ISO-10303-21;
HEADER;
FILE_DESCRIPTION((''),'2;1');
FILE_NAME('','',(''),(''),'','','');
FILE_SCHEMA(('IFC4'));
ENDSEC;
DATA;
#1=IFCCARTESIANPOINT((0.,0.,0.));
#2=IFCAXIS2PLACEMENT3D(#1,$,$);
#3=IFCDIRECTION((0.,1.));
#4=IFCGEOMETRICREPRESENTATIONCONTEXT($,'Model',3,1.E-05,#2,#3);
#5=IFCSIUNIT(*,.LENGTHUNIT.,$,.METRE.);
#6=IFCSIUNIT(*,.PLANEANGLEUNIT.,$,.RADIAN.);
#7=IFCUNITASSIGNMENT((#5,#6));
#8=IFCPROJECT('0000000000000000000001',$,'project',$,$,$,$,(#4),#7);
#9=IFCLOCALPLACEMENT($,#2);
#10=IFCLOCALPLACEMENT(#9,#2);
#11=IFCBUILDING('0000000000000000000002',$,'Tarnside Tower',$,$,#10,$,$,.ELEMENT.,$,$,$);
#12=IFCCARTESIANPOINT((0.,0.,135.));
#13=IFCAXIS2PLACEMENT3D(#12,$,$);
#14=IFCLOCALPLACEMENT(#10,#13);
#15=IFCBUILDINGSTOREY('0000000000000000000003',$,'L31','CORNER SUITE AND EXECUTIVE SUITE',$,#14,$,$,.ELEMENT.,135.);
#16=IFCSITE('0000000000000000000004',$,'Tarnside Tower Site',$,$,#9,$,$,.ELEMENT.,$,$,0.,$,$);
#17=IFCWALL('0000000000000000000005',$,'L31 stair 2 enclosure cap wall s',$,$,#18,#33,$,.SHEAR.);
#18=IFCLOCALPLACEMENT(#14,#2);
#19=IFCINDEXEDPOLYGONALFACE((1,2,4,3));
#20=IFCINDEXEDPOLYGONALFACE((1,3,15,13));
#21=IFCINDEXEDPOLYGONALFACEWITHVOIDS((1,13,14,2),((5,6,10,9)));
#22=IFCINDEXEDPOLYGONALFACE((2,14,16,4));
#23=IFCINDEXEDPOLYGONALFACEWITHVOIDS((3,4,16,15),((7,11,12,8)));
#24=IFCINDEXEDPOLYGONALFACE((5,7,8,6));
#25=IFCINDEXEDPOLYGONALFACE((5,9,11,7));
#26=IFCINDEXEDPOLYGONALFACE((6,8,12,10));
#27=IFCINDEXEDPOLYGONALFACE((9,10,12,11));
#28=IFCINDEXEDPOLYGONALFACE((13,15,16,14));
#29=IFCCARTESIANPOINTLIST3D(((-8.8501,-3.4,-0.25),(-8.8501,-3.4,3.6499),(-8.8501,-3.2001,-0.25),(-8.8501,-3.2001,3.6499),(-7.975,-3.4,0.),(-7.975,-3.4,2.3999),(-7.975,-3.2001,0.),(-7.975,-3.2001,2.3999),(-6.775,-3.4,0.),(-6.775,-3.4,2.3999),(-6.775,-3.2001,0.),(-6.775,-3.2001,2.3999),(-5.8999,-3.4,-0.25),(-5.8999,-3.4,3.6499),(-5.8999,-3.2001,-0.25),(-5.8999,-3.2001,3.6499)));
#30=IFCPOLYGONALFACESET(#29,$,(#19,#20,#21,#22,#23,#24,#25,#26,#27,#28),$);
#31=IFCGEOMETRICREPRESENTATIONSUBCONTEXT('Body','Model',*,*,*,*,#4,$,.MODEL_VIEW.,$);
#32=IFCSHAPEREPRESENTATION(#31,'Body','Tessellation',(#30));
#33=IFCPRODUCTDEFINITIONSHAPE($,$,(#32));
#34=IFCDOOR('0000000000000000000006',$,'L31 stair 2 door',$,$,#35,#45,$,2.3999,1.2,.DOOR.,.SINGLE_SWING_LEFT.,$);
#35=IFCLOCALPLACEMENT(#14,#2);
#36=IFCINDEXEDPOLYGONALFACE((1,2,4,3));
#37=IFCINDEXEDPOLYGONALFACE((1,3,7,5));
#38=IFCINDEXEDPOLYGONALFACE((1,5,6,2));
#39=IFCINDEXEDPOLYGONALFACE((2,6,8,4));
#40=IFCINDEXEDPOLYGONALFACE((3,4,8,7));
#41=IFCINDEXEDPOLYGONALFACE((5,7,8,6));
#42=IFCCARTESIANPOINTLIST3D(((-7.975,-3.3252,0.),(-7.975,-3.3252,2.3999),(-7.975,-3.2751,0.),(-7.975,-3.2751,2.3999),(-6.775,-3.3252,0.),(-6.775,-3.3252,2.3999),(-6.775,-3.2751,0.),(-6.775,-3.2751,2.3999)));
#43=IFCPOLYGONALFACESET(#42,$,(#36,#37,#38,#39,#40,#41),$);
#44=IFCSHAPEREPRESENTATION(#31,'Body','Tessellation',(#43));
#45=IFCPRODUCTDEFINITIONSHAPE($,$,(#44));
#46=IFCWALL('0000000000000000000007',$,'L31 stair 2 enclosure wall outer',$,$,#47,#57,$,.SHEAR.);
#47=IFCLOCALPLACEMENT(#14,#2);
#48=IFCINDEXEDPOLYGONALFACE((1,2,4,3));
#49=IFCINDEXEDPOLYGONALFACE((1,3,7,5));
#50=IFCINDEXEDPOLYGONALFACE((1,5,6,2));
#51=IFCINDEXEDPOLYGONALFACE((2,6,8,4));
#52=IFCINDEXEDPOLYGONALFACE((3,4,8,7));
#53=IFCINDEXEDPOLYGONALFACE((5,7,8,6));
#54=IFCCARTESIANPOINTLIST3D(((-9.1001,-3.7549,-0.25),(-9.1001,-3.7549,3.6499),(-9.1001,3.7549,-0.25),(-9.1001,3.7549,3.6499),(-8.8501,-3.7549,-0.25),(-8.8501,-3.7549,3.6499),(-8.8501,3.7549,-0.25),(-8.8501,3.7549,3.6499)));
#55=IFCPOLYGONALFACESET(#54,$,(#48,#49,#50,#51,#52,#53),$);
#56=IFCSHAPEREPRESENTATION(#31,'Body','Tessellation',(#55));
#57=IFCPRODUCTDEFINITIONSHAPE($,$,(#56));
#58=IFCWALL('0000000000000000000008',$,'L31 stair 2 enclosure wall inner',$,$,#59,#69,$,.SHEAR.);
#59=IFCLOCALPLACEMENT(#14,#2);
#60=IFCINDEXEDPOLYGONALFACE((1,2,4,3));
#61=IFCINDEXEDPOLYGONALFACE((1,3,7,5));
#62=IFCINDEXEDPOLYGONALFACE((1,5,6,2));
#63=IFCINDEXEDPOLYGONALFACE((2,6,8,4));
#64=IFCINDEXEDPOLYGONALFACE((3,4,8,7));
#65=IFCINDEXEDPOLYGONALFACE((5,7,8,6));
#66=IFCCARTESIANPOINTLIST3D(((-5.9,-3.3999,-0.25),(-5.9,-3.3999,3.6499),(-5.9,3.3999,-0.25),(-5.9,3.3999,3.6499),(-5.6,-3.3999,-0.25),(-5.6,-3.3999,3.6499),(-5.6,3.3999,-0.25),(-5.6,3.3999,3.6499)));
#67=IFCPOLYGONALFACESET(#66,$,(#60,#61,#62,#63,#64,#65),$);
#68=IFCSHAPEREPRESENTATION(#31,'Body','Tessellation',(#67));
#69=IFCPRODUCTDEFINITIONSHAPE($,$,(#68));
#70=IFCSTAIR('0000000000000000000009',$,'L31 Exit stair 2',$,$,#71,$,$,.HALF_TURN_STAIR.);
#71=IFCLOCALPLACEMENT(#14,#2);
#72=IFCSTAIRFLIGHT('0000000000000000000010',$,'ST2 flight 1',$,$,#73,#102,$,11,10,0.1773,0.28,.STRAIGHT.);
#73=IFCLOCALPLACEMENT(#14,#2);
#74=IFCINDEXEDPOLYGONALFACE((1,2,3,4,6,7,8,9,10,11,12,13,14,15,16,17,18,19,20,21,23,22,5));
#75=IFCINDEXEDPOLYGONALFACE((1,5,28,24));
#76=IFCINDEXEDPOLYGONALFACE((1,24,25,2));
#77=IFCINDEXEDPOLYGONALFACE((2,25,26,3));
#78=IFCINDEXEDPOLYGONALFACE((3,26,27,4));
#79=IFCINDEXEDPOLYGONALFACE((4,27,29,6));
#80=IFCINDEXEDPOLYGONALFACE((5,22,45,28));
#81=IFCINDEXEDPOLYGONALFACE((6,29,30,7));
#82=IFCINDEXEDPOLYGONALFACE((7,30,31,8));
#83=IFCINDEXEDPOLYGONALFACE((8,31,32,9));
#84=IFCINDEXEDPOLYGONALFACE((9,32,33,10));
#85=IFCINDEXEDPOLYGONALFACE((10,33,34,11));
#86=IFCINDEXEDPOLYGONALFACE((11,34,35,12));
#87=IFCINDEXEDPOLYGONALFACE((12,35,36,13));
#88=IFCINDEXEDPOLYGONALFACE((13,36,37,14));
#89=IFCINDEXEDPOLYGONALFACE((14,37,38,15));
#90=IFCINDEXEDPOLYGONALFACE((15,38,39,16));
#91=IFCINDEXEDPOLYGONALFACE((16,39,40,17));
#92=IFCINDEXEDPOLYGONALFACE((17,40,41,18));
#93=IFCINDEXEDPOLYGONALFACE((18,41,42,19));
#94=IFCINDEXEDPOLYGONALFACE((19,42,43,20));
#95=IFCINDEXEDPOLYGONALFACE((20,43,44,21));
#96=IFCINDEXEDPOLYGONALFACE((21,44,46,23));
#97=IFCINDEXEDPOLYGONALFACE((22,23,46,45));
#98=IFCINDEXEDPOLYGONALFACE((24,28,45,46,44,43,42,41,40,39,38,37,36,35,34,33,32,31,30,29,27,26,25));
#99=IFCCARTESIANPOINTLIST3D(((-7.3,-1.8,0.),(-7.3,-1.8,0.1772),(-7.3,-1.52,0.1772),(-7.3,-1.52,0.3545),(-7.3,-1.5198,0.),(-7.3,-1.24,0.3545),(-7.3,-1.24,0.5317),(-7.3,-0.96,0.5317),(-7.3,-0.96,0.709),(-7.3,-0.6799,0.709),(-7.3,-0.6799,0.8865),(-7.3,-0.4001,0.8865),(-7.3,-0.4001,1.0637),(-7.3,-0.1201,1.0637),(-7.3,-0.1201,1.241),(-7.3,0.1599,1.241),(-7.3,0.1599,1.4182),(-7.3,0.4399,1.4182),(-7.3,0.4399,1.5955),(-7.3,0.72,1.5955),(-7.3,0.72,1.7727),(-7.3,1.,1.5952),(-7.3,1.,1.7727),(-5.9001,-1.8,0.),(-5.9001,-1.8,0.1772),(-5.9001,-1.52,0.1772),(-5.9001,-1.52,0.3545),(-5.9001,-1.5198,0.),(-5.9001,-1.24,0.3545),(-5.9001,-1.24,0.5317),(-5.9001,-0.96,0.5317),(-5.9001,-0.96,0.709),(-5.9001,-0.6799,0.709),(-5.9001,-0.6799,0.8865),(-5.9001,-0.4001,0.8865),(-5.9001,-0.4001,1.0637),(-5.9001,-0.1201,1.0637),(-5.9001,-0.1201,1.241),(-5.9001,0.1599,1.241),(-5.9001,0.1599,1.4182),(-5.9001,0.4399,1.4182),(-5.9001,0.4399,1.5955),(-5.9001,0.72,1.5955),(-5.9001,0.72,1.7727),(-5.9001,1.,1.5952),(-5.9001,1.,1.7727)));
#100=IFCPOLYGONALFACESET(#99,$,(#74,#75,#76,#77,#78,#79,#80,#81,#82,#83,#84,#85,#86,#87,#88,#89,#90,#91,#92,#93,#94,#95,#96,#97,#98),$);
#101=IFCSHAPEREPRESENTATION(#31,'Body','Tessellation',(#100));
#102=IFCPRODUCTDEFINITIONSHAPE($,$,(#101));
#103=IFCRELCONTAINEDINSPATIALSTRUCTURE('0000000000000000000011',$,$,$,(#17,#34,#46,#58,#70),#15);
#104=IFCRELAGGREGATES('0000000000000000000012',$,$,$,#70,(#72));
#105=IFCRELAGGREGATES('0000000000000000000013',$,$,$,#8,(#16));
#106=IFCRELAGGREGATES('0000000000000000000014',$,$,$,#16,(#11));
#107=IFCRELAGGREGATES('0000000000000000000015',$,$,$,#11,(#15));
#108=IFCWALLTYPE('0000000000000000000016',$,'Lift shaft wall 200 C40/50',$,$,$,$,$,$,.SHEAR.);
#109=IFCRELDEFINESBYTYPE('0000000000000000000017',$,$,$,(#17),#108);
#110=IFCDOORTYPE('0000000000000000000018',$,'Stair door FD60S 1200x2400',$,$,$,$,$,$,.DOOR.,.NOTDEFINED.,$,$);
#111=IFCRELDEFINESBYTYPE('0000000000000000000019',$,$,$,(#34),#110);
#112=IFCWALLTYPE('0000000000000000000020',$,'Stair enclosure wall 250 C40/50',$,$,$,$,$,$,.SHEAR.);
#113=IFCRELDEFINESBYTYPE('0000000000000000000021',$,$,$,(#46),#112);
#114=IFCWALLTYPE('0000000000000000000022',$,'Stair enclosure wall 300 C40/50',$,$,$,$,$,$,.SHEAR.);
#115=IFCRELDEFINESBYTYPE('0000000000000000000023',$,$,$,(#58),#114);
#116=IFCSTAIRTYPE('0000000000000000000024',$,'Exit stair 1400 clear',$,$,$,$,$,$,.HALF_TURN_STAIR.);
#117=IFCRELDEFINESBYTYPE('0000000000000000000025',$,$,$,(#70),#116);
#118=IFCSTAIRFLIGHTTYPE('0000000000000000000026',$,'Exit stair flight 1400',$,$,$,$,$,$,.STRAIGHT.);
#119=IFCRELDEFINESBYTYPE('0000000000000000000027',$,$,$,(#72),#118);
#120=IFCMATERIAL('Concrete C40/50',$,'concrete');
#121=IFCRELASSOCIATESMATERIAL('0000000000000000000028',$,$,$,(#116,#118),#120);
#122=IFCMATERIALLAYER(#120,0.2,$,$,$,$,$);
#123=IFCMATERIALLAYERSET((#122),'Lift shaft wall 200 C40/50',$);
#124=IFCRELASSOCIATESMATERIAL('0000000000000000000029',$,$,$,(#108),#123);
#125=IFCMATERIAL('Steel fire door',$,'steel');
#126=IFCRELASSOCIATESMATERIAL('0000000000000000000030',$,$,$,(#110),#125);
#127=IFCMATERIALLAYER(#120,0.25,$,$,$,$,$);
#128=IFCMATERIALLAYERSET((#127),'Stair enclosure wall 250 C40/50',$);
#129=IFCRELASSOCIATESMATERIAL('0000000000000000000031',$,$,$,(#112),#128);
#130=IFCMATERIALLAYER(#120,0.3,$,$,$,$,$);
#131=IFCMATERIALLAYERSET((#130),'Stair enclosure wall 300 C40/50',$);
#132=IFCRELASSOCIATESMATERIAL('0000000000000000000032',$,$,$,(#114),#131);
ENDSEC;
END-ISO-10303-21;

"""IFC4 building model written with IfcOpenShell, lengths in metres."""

from ifc_helpers import new_model, si_unit, direction, frame, frame_2d, origin, place, context, subcontext, project, spatial, polyline, rectangle, outline, extrude, material, layer, layer_set, type_object, element, fill, aggregate, save


model = new_model("IFC4")

# Units and contexts
model_context = context("Model", 3, precision=1e-05, world=origin(), true_north=direction((0.0, 1.0)))
body_context = subcontext(model_context, "Body", "Model", "MODEL_VIEW")
ifc_project = project(units=[si_unit("LENGTHUNIT", "METRE"), si_unit("PLANEANGLEUNIT", "RADIAN")], contexts=[model_context])

# Site, building, storey
site_placement = place(None, origin())
site = spatial("IfcSite", under=ifc_project, at=site_placement, Name="Tarnside Tower Site", CompositionType="ELEMENT", RefElevation=0.0)
building_placement = place(site_placement, origin())
building = spatial("IfcBuilding", under=site, at=building_placement, Name="Tarnside Tower", CompositionType="ELEMENT")
storey_placement = place(building_placement, frame((0.0, 0.0, 135.0)))
storey = spatial("IfcBuildingStorey", under=building, at=storey_placement, Name="L31", Description="CORNER SUITE AND EXECUTIVE SUITE", CompositionType="ELEMENT", Elevation=135.0)

# Shared definitions
ifc_material_1 = material(Name="Concrete C40/50", Category="concrete")
stair_type = type_object("IfcStairType", Name="Exit stair 1400 clear", PredefinedType="HALF_TURN_STAIR", material=ifc_material_1)

# Shared definitions
ifc_material_2 = material(Name="Steel fire door", Category="steel")

# Shared definitions
ifc_layer_1 = layer(ifc_material_1, 0.2)
ifc_layer_set_1 = layer_set([ifc_layer_1], Name="Lift shaft wall 200 C40/50")
wall_type_1 = type_object("IfcWallType", Name="Lift shaft wall 200 C40/50", PredefinedType="SHEAR", material=ifc_layer_set_1)

# Wall, opening, door
wall_1_placement = place(storey_placement, frame((-8.8501, -3.3, -0.25), z_axis=(0.0, 0.0, 1.0), x_axis=(1.0, 0.0, 0.0)))
wall_1 = element("IfcWall", 1, at=wall_1_placement, inside=storey, type_object=wall_type_1, Name="L31 stair 2 enclosure cap wall s", PredefinedType="SHEAR", context=body_context, shape_type="SweptSolid", body=[
    extrude(rectangle(XDim=2.9502, YDim=0.2, at=frame_2d((1.4751, 0.0))), origin(), (0.0, 0.0, 1.0), 3.8999),
])
opening_1_placement = place(wall_1_placement, frame((0.875, 0.0, 0.25)))
opening_1 = element("IfcOpeningElement", 2, at=opening_1_placement, cuts=wall_1, PredefinedType="OPENING", context=body_context, shape_type="SweptSolid", body=[
    extrude(rectangle(XDim=1.2, YDim=2.3999, at=frame_2d((0.6001, 1.2))), frame((0.0, 0.1099, 0.0), z_axis=(0.0, -1.0, 0.0), x_axis=(1.0, 0.0, 0.0)), (0.0, 0.0, 1.0), 0.22),
])
door_type_1 = type_object("IfcDoorType", Name="Stair door FD60S 1200x2400", OperationType="NOTDEFINED", PredefinedType="DOOR", material=ifc_material_2)
door_1_placement = place(opening_1_placement, origin())
door_1 = element("IfcDoor", 3, at=door_1_placement, inside=storey, type_object=door_type_1, Name="L31 stair 2 door", OperationType="SINGLE_SWING_LEFT", OverallHeight=2.3999, OverallWidth=1.2, PredefinedType="DOOR", context=body_context, shape_type="SweptSolid", body=[
    extrude(rectangle(XDim=1.2, YDim=2.3999, at=frame_2d((0.6001, 1.2))), frame((0.0, 0.0249, 0.0), z_axis=(0.0, -1.0, 0.0), x_axis=(1.0, 0.0, 0.0)), (0.0, 0.0, 1.0), 0.05),
])
fill(opening_1, door_1)

# Walls
ifc_layer_2 = layer(ifc_material_1, 0.25)
ifc_layer_set_2 = layer_set([ifc_layer_2], Name="Stair enclosure wall 250 C40/50")
wall_type_2 = type_object("IfcWallType", Name="Stair enclosure wall 250 C40/50", PredefinedType="SHEAR", material=ifc_layer_set_2)
wall_2_placement = place(storey_placement, frame((-8.9751, -3.7549, -0.25), z_axis=(0.0, 0.0, 1.0), x_axis=(0.0, 1.0, 0.0)))
element("IfcWall", 4, at=wall_2_placement, inside=storey, type_object=wall_type_2, Name="L31 stair 2 enclosure wall outer", PredefinedType="SHEAR", context=body_context, shape_type="SweptSolid", body=[
    extrude(rectangle(XDim=7.5098, YDim=0.25, at=frame_2d((3.7549, 0.0))), origin(), (0.0, 0.0, 1.0), 3.8999),
])
ifc_layer_3 = layer(ifc_material_1, 0.3)
ifc_layer_set_3 = layer_set([ifc_layer_3], Name="Stair enclosure wall 300 C40/50")
wall_type_3 = type_object("IfcWallType", Name="Stair enclosure wall 300 C40/50", PredefinedType="SHEAR", material=ifc_layer_set_3)
wall_3_placement = place(storey_placement, frame((-5.75, -3.3999, -0.25), z_axis=(0.0, 0.0, 1.0), x_axis=(0.0, 1.0, 0.0)))
element("IfcWall", 5, at=wall_3_placement, inside=storey, type_object=wall_type_3, Name="L31 stair 2 enclosure wall inner", PredefinedType="SHEAR", context=body_context, shape_type="SweptSolid", body=[
    extrude(rectangle(XDim=6.7998, YDim=0.3, at=frame_2d((3.3999, 0.0))), origin(), (0.0, 0.0, 1.0), 3.8999),
])

# Stair, stair flight
stair_1_placement = place(storey_placement, origin())
stair_1 = element("IfcStair", 6, at=stair_1_placement, inside=storey, type_object=stair_type, Name="L31 Exit stair 2", PredefinedType="HALF_TURN_STAIR")
stair_flight_type = type_object("IfcStairFlightType", Name="Exit stair flight 1400", PredefinedType="STRAIGHT", material=ifc_material_1)
stair_flight_placement = place(storey_placement, frame((-6.6001, -1.8, 0.0), z_axis=(0.0, 0.0, 1.0), x_axis=(0.0, 1.0, 0.0)))
stair_flight = element("IfcStairFlight", 7, at=stair_flight_placement, type_object=stair_flight_type, Name="ST2 flight 1", NumberOfRisers=11, NumberOfTreads=10, PredefinedType="STRAIGHT", RiserHeight=0.1773, TreadLength=0.28, context=body_context, shape_type="SweptSolid", body=[
    extrude(outline(polyline([(0.0, 0.0), (0.0, 0.1772), (0.28, 0.1772), (0.28, 0.3545), (0.5601, 0.3545), (0.5601, 0.5317), (0.8401, 0.5317), (0.8401, 0.709), (1.1201, 0.709), (1.1201, 0.8865), (1.3999, 0.8865), (1.3999, 1.0637), (1.6799, 1.0637), (1.6799, 1.241), (1.96, 1.241), (1.96, 1.4182), (2.24, 1.4182), (2.24, 1.5955), (2.52, 1.5955), (2.52, 1.7727), (2.8, 1.7727), (2.8, 1.95), (2.8, 1.5952), (0.2803, 0.0), (0.0, 0.0)])), frame((0.0, 0.7, 0.0), z_axis=(0.0, -1.0, 0.0), x_axis=(1.0, 0.0, 0.0)), (0.0, 0.0, 1.0), 1.3999),
])
aggregate(stair_1, [stair_flight])

save(model, "model.ifc")
